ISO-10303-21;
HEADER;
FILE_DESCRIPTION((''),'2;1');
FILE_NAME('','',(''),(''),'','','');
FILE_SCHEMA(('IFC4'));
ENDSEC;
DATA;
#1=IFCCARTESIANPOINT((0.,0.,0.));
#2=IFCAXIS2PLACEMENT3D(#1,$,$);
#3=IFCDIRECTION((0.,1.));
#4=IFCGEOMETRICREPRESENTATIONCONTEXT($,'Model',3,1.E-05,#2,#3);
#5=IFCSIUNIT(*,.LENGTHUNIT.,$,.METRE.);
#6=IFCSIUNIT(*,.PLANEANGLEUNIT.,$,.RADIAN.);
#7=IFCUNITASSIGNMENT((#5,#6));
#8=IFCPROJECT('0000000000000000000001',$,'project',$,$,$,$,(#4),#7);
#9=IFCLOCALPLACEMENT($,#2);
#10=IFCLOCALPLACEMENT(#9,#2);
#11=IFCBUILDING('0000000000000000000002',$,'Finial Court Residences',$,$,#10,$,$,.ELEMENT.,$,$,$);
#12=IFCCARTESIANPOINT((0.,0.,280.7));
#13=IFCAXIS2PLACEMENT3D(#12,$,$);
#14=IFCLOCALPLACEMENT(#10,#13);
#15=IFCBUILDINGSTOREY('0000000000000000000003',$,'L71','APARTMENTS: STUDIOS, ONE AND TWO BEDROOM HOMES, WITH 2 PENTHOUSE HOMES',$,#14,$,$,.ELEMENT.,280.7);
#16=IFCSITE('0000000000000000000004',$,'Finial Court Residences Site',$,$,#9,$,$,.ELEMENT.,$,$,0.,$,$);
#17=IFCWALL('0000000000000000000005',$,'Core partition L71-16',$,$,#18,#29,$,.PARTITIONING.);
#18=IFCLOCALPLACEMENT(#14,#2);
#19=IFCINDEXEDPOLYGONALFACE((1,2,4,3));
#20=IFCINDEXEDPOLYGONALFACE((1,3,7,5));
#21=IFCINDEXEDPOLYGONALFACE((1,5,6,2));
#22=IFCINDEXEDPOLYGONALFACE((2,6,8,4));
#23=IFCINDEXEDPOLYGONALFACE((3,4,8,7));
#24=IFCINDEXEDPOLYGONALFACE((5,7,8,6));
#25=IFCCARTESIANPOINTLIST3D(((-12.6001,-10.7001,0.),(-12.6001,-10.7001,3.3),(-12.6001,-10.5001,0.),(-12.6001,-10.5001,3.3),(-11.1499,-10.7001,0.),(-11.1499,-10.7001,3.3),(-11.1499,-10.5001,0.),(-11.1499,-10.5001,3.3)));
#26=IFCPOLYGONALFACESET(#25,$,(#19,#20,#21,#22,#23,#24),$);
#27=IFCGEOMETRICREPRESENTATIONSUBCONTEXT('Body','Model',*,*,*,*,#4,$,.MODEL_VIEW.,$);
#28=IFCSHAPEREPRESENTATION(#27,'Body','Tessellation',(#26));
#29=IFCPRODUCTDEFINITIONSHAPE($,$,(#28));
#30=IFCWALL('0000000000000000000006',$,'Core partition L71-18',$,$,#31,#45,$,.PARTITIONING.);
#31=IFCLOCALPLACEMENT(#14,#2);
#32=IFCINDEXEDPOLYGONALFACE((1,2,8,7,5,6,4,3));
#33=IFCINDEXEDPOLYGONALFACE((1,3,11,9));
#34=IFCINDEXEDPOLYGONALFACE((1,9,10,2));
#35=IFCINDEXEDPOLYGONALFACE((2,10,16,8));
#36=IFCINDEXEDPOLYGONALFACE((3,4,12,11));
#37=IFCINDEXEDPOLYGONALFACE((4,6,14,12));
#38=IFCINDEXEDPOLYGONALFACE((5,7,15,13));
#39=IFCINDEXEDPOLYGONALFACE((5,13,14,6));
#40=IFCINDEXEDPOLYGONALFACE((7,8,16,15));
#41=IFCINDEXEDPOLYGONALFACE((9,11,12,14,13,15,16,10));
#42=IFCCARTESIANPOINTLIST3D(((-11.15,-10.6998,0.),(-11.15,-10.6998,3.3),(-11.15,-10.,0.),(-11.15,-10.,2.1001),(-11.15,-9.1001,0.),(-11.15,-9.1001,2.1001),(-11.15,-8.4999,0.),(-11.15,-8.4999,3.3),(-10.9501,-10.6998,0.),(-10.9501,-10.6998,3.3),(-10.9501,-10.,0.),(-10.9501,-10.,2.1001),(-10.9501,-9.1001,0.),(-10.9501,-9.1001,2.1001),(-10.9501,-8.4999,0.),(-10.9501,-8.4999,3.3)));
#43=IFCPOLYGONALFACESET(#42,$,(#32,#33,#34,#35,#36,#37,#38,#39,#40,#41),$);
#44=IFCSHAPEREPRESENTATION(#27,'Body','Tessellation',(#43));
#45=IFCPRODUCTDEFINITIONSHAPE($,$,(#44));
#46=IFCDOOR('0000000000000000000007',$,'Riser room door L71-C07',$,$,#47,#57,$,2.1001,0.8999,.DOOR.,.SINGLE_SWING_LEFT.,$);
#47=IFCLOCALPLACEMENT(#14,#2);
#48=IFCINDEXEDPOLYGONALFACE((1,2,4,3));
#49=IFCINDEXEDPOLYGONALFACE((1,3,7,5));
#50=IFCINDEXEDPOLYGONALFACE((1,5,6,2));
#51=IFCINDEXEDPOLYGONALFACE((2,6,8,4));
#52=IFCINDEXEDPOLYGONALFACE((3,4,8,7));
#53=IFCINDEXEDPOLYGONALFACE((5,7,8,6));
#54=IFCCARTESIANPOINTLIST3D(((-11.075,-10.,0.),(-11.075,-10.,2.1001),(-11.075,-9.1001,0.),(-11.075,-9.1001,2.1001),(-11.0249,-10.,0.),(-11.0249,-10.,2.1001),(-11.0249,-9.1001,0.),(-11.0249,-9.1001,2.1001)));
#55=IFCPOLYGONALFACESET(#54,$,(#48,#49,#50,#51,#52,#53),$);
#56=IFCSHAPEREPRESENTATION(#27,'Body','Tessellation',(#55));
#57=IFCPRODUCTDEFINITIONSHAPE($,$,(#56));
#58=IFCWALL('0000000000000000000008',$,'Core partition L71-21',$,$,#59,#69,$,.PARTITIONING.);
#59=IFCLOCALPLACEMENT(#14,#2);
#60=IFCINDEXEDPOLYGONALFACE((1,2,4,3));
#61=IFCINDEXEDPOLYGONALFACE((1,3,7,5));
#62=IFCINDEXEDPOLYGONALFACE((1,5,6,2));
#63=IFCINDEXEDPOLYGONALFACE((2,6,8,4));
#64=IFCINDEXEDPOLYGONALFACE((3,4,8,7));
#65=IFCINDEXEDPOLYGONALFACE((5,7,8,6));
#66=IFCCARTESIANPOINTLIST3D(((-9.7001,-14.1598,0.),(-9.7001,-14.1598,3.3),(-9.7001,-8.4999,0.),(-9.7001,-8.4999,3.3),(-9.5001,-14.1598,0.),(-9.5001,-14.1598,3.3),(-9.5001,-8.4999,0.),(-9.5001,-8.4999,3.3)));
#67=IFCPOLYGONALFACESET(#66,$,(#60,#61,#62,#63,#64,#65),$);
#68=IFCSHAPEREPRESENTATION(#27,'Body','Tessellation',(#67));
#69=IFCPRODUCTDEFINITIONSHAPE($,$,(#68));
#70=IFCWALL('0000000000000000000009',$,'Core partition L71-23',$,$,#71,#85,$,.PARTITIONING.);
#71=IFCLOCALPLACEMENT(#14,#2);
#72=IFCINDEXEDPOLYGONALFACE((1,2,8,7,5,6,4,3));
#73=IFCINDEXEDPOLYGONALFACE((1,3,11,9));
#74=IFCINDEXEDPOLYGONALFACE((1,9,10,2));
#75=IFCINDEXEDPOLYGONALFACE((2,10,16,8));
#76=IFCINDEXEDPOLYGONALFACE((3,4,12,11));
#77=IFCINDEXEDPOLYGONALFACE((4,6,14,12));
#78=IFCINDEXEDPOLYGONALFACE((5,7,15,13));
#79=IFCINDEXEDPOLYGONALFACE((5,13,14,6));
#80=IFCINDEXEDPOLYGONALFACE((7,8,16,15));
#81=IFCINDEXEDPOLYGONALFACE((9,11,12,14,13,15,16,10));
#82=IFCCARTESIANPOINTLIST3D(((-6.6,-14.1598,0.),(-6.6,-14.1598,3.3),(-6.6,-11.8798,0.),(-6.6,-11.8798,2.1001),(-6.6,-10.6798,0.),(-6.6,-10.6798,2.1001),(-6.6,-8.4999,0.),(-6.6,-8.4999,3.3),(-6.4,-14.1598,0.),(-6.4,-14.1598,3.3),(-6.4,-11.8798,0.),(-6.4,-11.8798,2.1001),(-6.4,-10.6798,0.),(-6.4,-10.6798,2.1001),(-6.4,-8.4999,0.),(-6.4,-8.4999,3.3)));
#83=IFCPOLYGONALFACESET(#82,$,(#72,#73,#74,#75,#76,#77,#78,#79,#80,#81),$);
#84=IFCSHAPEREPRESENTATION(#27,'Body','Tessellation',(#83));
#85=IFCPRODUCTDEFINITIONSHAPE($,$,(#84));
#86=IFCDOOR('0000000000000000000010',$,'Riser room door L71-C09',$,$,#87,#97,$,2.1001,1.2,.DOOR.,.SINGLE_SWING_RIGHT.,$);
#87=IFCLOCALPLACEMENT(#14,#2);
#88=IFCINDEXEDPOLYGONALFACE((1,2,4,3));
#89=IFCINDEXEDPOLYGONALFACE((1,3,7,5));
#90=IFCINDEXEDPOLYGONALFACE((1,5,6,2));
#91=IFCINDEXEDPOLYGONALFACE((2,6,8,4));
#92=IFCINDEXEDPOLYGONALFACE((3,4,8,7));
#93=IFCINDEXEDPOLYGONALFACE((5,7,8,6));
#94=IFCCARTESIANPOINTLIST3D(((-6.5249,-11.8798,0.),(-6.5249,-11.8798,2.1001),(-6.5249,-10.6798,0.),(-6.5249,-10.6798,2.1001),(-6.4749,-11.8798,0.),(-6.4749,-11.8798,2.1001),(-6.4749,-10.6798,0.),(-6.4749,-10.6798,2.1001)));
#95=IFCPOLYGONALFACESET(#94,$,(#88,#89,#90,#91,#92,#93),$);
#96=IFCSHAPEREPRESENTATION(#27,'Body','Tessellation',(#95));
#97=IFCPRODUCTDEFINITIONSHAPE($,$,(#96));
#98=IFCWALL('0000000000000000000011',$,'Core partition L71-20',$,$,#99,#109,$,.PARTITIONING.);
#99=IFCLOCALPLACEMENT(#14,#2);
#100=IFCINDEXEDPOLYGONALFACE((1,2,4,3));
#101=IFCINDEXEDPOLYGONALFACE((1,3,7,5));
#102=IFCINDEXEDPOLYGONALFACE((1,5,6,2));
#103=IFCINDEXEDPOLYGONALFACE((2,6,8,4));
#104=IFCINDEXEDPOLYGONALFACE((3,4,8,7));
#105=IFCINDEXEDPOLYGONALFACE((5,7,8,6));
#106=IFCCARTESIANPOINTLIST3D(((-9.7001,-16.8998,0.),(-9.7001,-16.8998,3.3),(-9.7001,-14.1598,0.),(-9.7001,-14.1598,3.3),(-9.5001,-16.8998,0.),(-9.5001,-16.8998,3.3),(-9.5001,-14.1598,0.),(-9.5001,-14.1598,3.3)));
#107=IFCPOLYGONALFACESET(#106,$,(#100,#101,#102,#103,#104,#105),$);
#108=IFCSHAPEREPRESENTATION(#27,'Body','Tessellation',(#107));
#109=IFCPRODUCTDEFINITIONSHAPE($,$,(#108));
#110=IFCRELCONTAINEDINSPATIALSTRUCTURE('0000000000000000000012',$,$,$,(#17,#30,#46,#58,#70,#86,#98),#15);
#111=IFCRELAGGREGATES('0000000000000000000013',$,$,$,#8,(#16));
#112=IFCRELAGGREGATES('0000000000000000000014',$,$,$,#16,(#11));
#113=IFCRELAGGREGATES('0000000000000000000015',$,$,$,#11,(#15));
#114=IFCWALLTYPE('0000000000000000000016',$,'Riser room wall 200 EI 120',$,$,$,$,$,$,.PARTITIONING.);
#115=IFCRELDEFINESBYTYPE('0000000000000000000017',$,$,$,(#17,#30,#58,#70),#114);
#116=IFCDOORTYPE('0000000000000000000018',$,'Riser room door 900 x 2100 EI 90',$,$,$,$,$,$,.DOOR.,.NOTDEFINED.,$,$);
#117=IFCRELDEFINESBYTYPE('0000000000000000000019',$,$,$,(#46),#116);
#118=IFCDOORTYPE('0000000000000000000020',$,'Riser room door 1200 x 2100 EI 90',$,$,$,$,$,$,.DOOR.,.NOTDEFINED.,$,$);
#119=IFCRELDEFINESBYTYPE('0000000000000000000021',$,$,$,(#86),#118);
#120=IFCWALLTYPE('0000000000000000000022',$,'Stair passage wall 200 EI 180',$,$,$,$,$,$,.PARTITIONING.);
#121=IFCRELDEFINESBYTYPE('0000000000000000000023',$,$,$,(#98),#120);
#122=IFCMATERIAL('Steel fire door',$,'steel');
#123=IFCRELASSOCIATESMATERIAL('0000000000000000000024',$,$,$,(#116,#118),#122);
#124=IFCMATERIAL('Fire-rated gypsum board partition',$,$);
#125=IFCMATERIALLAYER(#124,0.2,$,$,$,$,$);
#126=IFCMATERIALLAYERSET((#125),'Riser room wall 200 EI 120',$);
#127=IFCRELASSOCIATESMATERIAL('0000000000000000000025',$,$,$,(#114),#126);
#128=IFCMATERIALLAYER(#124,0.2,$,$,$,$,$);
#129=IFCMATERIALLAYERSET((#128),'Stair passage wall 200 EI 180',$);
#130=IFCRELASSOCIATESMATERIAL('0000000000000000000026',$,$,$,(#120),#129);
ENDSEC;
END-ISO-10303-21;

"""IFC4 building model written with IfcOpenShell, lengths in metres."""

from ifc_helpers import new_model, si_unit, direction, frame, frame_2d, origin, place, context, subcontext, project, spatial, rectangle, extrude, material, layer, layer_set, type_object, element, fill, save


model = new_model("IFC4")

# Units and contexts
model_context = context("Model", 3, precision=1e-05, world=origin(), true_north=direction((0.0, 1.0)))
body_context = subcontext(model_context, "Body", "Model", "MODEL_VIEW")
ifc_project = project(units=[si_unit("LENGTHUNIT", "METRE"), si_unit("PLANEANGLEUNIT", "RADIAN")], contexts=[model_context])

# Site, building, storey
site_placement = place(None, origin())
site = spatial("IfcSite", under=ifc_project, at=site_placement, Name="Finial Court Residences Site", CompositionType="ELEMENT", RefElevation=0.0)
building_placement = place(site_placement, origin())
building = spatial("IfcBuilding", under=site, at=building_placement, Name="Finial Court Residences", CompositionType="ELEMENT")
storey_placement = place(building_placement, frame((0.0, 0.0, 280.7)))
storey = spatial("IfcBuildingStorey", under=building, at=storey_placement, Name="L71", Description="APARTMENTS: STUDIOS, ONE AND TWO BEDROOM HOMES, WITH 2 PENTHOUSE HOMES", CompositionType="ELEMENT", Elevation=280.7)

# Shared definitions
ifc_material_1 = material(Name="Steel fire door", Category="steel")
door_type_1 = type_object("IfcDoorType", Name="Riser room door 900 x 2100 EI 90", OperationType="NOTDEFINED", PredefinedType="DOOR", material=ifc_material_1)

# Shared definitions
ifc_material_2 = material(Name="Fire-rated gypsum board partition")

# Wall
ifc_layer_1 = layer(ifc_material_2, 0.2)
ifc_layer_set_1 = layer_set([ifc_layer_1], Name="Riser room wall 200 EI 120")
wall_type_1 = type_object("IfcWallType", Name="Riser room wall 200 EI 120", PredefinedType="PARTITIONING", material=ifc_layer_set_1)
wall_1_placement = place(storey_placement, frame((-12.6001, -10.6001, 0.0), z_axis=(0.0, 0.0, 1.0), x_axis=(1.0, 0.0, 0.0)))
element("IfcWall", 1, at=wall_1_placement, inside=storey, type_object=wall_type_1, Name="Core partition L71-16", PredefinedType="PARTITIONING", context=body_context, shape_type="SweptSolid", body=[
    extrude(rectangle(XDim=1.4502, YDim=0.2, at=frame_2d((0.7251, 0.0))), origin(), (0.0, 0.0, 1.0), 3.3),
])

# Wall, opening, door
wall_2_placement = place(storey_placement, frame((-11.05, -10.7, 0.0), z_axis=(0.0, 0.0, 1.0), x_axis=(0.0, 1.0, 0.0)))
wall_2 = element("IfcWall", 2, at=wall_2_placement, inside=storey, type_object=wall_type_1, Name="Core partition L71-18", PredefinedType="PARTITIONING", context=body_context, shape_type="SweptSolid", body=[
    extrude(rectangle(XDim=2.2, YDim=0.2, at=frame_2d((1.1001, 0.0))), origin(), (0.0, 0.0, 1.0), 3.3),
])
opening_1_placement = place(wall_2_placement, frame((0.7, 0.0, 0.0)))
opening_1 = element("IfcOpeningElement", 3, at=opening_1_placement, cuts=wall_2, PredefinedType="OPENING", context=body_context, shape_type="SweptSolid", body=[
    extrude(rectangle(XDim=0.8999, YDim=2.1001, at=frame_2d((0.45, 1.05))), frame((0.0, 0.1099, 0.0), z_axis=(0.0, -1.0, 0.0), x_axis=(1.0, 0.0, 0.0)), (0.0, 0.0, 1.0), 0.22),
])
door_1_placement = place(opening_1_placement, origin())
door_1 = element("IfcDoor", 4, at=door_1_placement, inside=storey, type_object=door_type_1, Name="Riser room door L71-C07", OperationType="SINGLE_SWING_LEFT", OverallHeight=2.1001, OverallWidth=0.8999, PredefinedType="DOOR", context=body_context, shape_type="SweptSolid", body=[
    extrude(rectangle(XDim=0.8999, YDim=2.1001, at=frame_2d((0.45, 1.05))), frame((0.0, 0.0249, 0.0), z_axis=(0.0, -1.0, 0.0), x_axis=(1.0, 0.0, 0.0)), (0.0, 0.0, 1.0), 0.05),
])
fill(opening_1, door_1)

# Wall
wall_3_placement = place(storey_placement, frame((-9.6001, -14.1599, 0.0), z_axis=(0.0, 0.0, 1.0), x_axis=(0.0, 1.0, 0.0)))
element("IfcWall", 5, at=wall_3_placement, inside=storey, type_object=wall_type_1, Name="Core partition L71-21", PredefinedType="PARTITIONING", context=body_context, shape_type="SweptSolid", body=[
    extrude(rectangle(XDim=5.6599, YDim=0.2, at=frame_2d((2.8301, 0.0))), origin(), (0.0, 0.0, 1.0), 3.3),
])

# Wall, opening, door
wall_4_placement = place(storey_placement, frame((-6.5, -14.1599, 0.0), z_axis=(0.0, 0.0, 1.0), x_axis=(0.0, 1.0, 0.0)))
wall_4 = element("IfcWall", 6, at=wall_4_placement, inside=storey, type_object=wall_type_1, Name="Core partition L71-23", PredefinedType="PARTITIONING", context=body_context, shape_type="SweptSolid", body=[
    extrude(rectangle(XDim=5.6599, YDim=0.2, at=frame_2d((2.8301, 0.0))), origin(), (0.0, 0.0, 1.0), 3.3),
])
opening_2_placement = place(wall_4_placement, frame((2.28, 0.0, 0.0)))
opening_2 = element("IfcOpeningElement", 7, at=opening_2_placement, cuts=wall_4, PredefinedType="OPENING", context=body_context, shape_type="SweptSolid", body=[
    extrude(rectangle(XDim=1.2, YDim=2.1001, at=frame_2d((0.6001, 1.05))), frame((0.0, 0.1099, 0.0), z_axis=(0.0, -1.0, 0.0), x_axis=(1.0, 0.0, 0.0)), (0.0, 0.0, 1.0), 0.22),
])
door_type_2 = type_object("IfcDoorType", Name="Riser room door 1200 x 2100 EI 90", OperationType="NOTDEFINED", PredefinedType="DOOR", material=ifc_material_1)
door_2_placement = place(opening_2_placement, origin())
door_2 = element("IfcDoor", 8, at=door_2_placement, inside=storey, type_object=door_type_2, Name="Riser room door L71-C09", OperationType="SINGLE_SWING_RIGHT", OverallHeight=2.1001, OverallWidth=1.2, PredefinedType="DOOR", context=body_context, shape_type="SweptSolid", body=[
    extrude(rectangle(XDim=1.2, YDim=2.1001, at=frame_2d((0.6001, 1.05))), frame((0.0, 0.0249, 0.0), z_axis=(0.0, -1.0, 0.0), x_axis=(1.0, 0.0, 0.0)), (0.0, 0.0, 1.0), 0.05),
])
fill(opening_2, door_2)

# Wall
ifc_layer_2 = layer(ifc_material_2, 0.2)
ifc_layer_set_2 = layer_set([ifc_layer_2], Name="Stair passage wall 200 EI 180")
wall_type_2 = type_object("IfcWallType", Name="Stair passage wall 200 EI 180", PredefinedType="PARTITIONING", material=ifc_layer_set_2)
wall_5_placement = place(storey_placement, frame((-9.6001, -16.8999, 0.0), z_axis=(0.0, 0.0, 1.0), x_axis=(0.0, 1.0, 0.0)))
element("IfcWall", 9, at=wall_5_placement, inside=storey, type_object=wall_type_2, Name="Core partition L71-20", PredefinedType="PARTITIONING", context=body_context, shape_type="SweptSolid", body=[
    extrude(rectangle(XDim=2.74, YDim=0.2, at=frame_2d((1.3701, 0.0))), origin(), (0.0, 0.0, 1.0), 3.3),
])

save(model, "model.ifc")
